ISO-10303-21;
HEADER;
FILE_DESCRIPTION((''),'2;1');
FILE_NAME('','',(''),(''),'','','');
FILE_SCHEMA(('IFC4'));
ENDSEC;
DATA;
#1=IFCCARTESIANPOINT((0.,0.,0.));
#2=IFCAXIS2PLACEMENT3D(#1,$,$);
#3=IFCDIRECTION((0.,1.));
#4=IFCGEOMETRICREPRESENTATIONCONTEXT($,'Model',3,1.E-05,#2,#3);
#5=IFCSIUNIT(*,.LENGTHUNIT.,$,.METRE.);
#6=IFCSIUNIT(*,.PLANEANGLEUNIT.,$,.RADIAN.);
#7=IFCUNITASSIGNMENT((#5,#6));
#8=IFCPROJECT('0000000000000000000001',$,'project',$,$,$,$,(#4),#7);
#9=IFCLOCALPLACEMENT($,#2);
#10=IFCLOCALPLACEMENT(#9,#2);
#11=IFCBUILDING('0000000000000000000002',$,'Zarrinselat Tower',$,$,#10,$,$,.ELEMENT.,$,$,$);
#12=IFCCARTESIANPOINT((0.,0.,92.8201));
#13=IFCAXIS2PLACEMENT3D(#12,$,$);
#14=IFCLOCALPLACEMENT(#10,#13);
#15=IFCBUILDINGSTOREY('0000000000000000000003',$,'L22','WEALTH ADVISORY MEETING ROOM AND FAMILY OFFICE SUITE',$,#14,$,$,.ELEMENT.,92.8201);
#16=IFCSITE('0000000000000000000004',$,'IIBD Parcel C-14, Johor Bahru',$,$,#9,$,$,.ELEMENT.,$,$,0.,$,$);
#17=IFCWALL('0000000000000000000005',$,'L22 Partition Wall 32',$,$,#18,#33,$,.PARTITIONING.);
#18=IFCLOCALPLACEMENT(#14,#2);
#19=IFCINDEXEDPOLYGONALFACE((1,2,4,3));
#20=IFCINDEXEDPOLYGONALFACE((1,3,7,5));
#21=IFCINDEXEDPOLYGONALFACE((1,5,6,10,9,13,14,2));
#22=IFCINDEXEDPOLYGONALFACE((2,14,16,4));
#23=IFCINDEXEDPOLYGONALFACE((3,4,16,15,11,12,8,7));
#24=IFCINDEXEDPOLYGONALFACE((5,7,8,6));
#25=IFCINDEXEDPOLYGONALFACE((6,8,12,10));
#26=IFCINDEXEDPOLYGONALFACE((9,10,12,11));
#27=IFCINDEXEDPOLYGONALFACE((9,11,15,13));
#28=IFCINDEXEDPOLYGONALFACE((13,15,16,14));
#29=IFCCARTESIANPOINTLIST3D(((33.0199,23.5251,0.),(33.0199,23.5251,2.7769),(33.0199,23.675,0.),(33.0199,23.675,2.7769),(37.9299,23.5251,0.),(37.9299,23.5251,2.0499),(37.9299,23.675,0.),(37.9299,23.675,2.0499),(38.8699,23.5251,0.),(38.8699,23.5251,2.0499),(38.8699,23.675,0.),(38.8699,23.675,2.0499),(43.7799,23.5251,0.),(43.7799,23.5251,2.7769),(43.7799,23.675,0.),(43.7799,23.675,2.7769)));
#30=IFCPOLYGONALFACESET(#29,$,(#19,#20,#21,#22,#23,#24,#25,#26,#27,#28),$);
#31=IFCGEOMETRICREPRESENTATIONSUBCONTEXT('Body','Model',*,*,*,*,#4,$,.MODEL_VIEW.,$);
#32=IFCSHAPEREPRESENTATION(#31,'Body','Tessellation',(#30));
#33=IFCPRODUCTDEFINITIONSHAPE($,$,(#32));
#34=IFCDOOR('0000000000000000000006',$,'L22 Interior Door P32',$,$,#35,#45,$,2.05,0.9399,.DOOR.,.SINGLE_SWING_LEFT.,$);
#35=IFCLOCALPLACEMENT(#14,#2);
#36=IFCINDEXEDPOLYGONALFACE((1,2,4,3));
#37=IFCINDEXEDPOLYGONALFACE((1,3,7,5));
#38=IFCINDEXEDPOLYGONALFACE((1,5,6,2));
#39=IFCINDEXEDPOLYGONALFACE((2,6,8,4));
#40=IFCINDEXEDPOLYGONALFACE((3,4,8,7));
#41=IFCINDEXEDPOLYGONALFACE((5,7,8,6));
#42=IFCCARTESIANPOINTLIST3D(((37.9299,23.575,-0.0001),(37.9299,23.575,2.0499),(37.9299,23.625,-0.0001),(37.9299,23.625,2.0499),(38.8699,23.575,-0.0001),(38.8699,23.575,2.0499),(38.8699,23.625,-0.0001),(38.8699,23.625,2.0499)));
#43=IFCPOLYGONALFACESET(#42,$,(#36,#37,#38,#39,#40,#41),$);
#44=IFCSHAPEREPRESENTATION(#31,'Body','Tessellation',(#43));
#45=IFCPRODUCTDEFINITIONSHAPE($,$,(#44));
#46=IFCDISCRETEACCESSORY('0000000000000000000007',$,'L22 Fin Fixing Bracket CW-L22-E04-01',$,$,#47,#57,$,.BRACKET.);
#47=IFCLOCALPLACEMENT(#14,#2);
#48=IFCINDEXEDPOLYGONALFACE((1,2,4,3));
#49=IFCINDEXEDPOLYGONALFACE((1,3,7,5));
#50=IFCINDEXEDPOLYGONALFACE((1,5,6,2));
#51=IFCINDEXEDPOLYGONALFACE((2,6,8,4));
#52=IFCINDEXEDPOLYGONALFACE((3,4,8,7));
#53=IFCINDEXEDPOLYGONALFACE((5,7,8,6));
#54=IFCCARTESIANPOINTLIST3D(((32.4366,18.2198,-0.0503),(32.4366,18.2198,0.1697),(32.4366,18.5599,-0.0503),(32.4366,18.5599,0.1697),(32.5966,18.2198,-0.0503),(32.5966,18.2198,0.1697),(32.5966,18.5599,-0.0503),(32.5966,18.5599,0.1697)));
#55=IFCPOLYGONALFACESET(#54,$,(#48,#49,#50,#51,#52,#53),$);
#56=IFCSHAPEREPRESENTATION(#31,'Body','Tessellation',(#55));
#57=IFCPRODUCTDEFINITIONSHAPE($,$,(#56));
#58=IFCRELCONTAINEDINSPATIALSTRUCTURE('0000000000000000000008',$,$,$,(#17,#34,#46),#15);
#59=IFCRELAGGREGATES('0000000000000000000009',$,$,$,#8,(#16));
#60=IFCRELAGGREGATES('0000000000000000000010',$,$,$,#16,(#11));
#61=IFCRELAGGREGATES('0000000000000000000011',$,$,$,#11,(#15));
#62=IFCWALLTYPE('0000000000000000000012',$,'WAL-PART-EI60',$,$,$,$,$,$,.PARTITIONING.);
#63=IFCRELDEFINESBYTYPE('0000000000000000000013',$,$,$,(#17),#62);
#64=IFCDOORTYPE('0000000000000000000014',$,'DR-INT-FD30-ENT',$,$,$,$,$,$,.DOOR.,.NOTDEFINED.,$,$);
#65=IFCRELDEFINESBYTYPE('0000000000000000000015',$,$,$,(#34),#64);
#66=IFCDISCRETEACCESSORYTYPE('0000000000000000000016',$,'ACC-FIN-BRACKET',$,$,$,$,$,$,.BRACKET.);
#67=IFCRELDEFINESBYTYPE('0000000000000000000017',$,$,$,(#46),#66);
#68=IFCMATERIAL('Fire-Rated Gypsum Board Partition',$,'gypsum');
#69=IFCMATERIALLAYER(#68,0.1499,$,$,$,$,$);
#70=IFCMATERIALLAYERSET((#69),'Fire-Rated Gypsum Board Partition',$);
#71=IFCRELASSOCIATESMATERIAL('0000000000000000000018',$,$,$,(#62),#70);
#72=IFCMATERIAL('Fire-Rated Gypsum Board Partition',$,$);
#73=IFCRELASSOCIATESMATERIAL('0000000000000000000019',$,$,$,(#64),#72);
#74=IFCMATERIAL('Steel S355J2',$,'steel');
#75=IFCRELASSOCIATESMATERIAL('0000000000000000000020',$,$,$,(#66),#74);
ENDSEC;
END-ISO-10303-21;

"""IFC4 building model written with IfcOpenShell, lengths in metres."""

from ifc_helpers import new_model, si_unit, direction, frame, frame_2d, origin, origin_2d, place, context, subcontext, project, spatial, rectangle, extrude, material, layer, layer_set, type_object, element, fill, save


model = new_model("IFC4")

# Units and contexts
model_context = context("Model", 3, precision=1e-05, world=origin(), true_north=direction((0.0, 1.0)))
body_context = subcontext(model_context, "Body", "Model", "MODEL_VIEW")
ifc_project = project(units=[si_unit("LENGTHUNIT", "METRE"), si_unit("PLANEANGLEUNIT", "RADIAN")], contexts=[model_context])

# Site, building, storey
site_placement = place(None, origin())
site = spatial("IfcSite", under=ifc_project, at=site_placement, Name="IIBD Parcel C-14, Johor Bahru", CompositionType="ELEMENT", RefElevation=0.0)
building_placement = place(site_placement, origin())
building = spatial("IfcBuilding", under=site, at=building_placement, Name="Zarrinselat Tower", CompositionType="ELEMENT")
storey_placement = place(building_placement, frame((0.0, 0.0, 92.8201)))
storey = spatial("IfcBuildingStorey", under=building, at=storey_placement, Name="L22", Description="WEALTH ADVISORY MEETING ROOM AND FAMILY OFFICE SUITE", CompositionType="ELEMENT", Elevation=92.8201)

# Shared definitions
ifc_material_1 = material(Name="Fire-Rated Gypsum Board Partition", Category="gypsum")
ifc_layer_1 = layer(ifc_material_1, 0.1499)
ifc_layer_set_1 = layer_set([ifc_layer_1], Name="Fire-Rated Gypsum Board Partition")
wall_type = type_object("IfcWallType", Name="WAL-PART-EI60", PredefinedType="PARTITIONING", material=ifc_layer_set_1)

# Shared definitions
ifc_material_2 = material(Name="Fire-Rated Gypsum Board Partition")
door_type = type_object("IfcDoorType", Name="DR-INT-FD30-ENT", OperationType="NOTDEFINED", PredefinedType="DOOR", material=ifc_material_2)

# Wall, opening, door
wall_1_placement = place(storey_placement, frame((33.02, 23.6001, 0.0), z_axis=(0.0, 0.0, 1.0), x_axis=(1.0, 0.0, 0.0)))
wall_1 = element("IfcWall", 1, at=wall_1_placement, inside=storey, type_object=wall_type, Name="L22 Partition Wall 32", PredefinedType="PARTITIONING", context=body_context, shape_type="SweptSolid", body=[
    extrude(rectangle(XDim=10.76, YDim=0.1499, at=frame_2d((5.3799, 0.0))), origin(), (0.0, 0.0, 1.0), 2.7769),
])
opening_1_placement = place(wall_1_placement, frame((4.9099, 0.0, 0.0)))
opening_1 = element("IfcOpeningElement", 2, at=opening_1_placement, cuts=wall_1, PredefinedType="OPENING", context=body_context, shape_type="SweptSolid", body=[
    extrude(rectangle(XDim=0.9399, YDim=2.05, at=frame_2d((0.47, 1.0249))), frame((0.0, 0.085, 0.0), z_axis=(0.0, -1.0, 0.0), x_axis=(1.0, 0.0, 0.0)), (0.0, 0.0, 1.0), 0.1699),
])
door_1_placement = place(opening_1_placement, origin())
door_1 = element("IfcDoor", 3, at=door_1_placement, inside=storey, type_object=door_type, Name="L22 Interior Door P32", OperationType="SINGLE_SWING_LEFT", OverallHeight=2.05, OverallWidth=0.9399, PredefinedType="DOOR", context=body_context, shape_type="SweptSolid", body=[
    extrude(rectangle(XDim=0.9399, YDim=2.05, at=frame_2d((0.47, 1.0249))), frame((0.0, 0.0249, 0.0), z_axis=(0.0, -1.0, 0.0), x_axis=(1.0, 0.0, 0.0)), (0.0, 0.0, 1.0), 0.05),
])
fill(opening_1, door_1)

# Discrete accessory
ifc_material_3 = material(Name="Steel S355J2", Category="steel")
discrete_accessory_type = type_object("IfcDiscreteAccessoryType", Name="ACC-FIN-BRACKET", PredefinedType="BRACKET", material=ifc_material_3)
discrete_accessory_placement = place(storey_placement, frame((32.5166, 18.3899, -0.0503), z_axis=(0.0, 0.0, 1.0), x_axis=(0.0, -1.0, 0.0)))
element("IfcDiscreteAccessory", 4, at=discrete_accessory_placement, inside=storey, type_object=discrete_accessory_type, Name="L22 Fin Fixing Bracket CW-L22-E04-01", PredefinedType="BRACKET", context=body_context, shape_type="SweptSolid", body=[
    extrude(rectangle(XDim=0.3401, YDim=0.1599, at=origin_2d()), origin(), (0.0, 0.0, 1.0), 0.22),
])

save(model, "model.ifc")
